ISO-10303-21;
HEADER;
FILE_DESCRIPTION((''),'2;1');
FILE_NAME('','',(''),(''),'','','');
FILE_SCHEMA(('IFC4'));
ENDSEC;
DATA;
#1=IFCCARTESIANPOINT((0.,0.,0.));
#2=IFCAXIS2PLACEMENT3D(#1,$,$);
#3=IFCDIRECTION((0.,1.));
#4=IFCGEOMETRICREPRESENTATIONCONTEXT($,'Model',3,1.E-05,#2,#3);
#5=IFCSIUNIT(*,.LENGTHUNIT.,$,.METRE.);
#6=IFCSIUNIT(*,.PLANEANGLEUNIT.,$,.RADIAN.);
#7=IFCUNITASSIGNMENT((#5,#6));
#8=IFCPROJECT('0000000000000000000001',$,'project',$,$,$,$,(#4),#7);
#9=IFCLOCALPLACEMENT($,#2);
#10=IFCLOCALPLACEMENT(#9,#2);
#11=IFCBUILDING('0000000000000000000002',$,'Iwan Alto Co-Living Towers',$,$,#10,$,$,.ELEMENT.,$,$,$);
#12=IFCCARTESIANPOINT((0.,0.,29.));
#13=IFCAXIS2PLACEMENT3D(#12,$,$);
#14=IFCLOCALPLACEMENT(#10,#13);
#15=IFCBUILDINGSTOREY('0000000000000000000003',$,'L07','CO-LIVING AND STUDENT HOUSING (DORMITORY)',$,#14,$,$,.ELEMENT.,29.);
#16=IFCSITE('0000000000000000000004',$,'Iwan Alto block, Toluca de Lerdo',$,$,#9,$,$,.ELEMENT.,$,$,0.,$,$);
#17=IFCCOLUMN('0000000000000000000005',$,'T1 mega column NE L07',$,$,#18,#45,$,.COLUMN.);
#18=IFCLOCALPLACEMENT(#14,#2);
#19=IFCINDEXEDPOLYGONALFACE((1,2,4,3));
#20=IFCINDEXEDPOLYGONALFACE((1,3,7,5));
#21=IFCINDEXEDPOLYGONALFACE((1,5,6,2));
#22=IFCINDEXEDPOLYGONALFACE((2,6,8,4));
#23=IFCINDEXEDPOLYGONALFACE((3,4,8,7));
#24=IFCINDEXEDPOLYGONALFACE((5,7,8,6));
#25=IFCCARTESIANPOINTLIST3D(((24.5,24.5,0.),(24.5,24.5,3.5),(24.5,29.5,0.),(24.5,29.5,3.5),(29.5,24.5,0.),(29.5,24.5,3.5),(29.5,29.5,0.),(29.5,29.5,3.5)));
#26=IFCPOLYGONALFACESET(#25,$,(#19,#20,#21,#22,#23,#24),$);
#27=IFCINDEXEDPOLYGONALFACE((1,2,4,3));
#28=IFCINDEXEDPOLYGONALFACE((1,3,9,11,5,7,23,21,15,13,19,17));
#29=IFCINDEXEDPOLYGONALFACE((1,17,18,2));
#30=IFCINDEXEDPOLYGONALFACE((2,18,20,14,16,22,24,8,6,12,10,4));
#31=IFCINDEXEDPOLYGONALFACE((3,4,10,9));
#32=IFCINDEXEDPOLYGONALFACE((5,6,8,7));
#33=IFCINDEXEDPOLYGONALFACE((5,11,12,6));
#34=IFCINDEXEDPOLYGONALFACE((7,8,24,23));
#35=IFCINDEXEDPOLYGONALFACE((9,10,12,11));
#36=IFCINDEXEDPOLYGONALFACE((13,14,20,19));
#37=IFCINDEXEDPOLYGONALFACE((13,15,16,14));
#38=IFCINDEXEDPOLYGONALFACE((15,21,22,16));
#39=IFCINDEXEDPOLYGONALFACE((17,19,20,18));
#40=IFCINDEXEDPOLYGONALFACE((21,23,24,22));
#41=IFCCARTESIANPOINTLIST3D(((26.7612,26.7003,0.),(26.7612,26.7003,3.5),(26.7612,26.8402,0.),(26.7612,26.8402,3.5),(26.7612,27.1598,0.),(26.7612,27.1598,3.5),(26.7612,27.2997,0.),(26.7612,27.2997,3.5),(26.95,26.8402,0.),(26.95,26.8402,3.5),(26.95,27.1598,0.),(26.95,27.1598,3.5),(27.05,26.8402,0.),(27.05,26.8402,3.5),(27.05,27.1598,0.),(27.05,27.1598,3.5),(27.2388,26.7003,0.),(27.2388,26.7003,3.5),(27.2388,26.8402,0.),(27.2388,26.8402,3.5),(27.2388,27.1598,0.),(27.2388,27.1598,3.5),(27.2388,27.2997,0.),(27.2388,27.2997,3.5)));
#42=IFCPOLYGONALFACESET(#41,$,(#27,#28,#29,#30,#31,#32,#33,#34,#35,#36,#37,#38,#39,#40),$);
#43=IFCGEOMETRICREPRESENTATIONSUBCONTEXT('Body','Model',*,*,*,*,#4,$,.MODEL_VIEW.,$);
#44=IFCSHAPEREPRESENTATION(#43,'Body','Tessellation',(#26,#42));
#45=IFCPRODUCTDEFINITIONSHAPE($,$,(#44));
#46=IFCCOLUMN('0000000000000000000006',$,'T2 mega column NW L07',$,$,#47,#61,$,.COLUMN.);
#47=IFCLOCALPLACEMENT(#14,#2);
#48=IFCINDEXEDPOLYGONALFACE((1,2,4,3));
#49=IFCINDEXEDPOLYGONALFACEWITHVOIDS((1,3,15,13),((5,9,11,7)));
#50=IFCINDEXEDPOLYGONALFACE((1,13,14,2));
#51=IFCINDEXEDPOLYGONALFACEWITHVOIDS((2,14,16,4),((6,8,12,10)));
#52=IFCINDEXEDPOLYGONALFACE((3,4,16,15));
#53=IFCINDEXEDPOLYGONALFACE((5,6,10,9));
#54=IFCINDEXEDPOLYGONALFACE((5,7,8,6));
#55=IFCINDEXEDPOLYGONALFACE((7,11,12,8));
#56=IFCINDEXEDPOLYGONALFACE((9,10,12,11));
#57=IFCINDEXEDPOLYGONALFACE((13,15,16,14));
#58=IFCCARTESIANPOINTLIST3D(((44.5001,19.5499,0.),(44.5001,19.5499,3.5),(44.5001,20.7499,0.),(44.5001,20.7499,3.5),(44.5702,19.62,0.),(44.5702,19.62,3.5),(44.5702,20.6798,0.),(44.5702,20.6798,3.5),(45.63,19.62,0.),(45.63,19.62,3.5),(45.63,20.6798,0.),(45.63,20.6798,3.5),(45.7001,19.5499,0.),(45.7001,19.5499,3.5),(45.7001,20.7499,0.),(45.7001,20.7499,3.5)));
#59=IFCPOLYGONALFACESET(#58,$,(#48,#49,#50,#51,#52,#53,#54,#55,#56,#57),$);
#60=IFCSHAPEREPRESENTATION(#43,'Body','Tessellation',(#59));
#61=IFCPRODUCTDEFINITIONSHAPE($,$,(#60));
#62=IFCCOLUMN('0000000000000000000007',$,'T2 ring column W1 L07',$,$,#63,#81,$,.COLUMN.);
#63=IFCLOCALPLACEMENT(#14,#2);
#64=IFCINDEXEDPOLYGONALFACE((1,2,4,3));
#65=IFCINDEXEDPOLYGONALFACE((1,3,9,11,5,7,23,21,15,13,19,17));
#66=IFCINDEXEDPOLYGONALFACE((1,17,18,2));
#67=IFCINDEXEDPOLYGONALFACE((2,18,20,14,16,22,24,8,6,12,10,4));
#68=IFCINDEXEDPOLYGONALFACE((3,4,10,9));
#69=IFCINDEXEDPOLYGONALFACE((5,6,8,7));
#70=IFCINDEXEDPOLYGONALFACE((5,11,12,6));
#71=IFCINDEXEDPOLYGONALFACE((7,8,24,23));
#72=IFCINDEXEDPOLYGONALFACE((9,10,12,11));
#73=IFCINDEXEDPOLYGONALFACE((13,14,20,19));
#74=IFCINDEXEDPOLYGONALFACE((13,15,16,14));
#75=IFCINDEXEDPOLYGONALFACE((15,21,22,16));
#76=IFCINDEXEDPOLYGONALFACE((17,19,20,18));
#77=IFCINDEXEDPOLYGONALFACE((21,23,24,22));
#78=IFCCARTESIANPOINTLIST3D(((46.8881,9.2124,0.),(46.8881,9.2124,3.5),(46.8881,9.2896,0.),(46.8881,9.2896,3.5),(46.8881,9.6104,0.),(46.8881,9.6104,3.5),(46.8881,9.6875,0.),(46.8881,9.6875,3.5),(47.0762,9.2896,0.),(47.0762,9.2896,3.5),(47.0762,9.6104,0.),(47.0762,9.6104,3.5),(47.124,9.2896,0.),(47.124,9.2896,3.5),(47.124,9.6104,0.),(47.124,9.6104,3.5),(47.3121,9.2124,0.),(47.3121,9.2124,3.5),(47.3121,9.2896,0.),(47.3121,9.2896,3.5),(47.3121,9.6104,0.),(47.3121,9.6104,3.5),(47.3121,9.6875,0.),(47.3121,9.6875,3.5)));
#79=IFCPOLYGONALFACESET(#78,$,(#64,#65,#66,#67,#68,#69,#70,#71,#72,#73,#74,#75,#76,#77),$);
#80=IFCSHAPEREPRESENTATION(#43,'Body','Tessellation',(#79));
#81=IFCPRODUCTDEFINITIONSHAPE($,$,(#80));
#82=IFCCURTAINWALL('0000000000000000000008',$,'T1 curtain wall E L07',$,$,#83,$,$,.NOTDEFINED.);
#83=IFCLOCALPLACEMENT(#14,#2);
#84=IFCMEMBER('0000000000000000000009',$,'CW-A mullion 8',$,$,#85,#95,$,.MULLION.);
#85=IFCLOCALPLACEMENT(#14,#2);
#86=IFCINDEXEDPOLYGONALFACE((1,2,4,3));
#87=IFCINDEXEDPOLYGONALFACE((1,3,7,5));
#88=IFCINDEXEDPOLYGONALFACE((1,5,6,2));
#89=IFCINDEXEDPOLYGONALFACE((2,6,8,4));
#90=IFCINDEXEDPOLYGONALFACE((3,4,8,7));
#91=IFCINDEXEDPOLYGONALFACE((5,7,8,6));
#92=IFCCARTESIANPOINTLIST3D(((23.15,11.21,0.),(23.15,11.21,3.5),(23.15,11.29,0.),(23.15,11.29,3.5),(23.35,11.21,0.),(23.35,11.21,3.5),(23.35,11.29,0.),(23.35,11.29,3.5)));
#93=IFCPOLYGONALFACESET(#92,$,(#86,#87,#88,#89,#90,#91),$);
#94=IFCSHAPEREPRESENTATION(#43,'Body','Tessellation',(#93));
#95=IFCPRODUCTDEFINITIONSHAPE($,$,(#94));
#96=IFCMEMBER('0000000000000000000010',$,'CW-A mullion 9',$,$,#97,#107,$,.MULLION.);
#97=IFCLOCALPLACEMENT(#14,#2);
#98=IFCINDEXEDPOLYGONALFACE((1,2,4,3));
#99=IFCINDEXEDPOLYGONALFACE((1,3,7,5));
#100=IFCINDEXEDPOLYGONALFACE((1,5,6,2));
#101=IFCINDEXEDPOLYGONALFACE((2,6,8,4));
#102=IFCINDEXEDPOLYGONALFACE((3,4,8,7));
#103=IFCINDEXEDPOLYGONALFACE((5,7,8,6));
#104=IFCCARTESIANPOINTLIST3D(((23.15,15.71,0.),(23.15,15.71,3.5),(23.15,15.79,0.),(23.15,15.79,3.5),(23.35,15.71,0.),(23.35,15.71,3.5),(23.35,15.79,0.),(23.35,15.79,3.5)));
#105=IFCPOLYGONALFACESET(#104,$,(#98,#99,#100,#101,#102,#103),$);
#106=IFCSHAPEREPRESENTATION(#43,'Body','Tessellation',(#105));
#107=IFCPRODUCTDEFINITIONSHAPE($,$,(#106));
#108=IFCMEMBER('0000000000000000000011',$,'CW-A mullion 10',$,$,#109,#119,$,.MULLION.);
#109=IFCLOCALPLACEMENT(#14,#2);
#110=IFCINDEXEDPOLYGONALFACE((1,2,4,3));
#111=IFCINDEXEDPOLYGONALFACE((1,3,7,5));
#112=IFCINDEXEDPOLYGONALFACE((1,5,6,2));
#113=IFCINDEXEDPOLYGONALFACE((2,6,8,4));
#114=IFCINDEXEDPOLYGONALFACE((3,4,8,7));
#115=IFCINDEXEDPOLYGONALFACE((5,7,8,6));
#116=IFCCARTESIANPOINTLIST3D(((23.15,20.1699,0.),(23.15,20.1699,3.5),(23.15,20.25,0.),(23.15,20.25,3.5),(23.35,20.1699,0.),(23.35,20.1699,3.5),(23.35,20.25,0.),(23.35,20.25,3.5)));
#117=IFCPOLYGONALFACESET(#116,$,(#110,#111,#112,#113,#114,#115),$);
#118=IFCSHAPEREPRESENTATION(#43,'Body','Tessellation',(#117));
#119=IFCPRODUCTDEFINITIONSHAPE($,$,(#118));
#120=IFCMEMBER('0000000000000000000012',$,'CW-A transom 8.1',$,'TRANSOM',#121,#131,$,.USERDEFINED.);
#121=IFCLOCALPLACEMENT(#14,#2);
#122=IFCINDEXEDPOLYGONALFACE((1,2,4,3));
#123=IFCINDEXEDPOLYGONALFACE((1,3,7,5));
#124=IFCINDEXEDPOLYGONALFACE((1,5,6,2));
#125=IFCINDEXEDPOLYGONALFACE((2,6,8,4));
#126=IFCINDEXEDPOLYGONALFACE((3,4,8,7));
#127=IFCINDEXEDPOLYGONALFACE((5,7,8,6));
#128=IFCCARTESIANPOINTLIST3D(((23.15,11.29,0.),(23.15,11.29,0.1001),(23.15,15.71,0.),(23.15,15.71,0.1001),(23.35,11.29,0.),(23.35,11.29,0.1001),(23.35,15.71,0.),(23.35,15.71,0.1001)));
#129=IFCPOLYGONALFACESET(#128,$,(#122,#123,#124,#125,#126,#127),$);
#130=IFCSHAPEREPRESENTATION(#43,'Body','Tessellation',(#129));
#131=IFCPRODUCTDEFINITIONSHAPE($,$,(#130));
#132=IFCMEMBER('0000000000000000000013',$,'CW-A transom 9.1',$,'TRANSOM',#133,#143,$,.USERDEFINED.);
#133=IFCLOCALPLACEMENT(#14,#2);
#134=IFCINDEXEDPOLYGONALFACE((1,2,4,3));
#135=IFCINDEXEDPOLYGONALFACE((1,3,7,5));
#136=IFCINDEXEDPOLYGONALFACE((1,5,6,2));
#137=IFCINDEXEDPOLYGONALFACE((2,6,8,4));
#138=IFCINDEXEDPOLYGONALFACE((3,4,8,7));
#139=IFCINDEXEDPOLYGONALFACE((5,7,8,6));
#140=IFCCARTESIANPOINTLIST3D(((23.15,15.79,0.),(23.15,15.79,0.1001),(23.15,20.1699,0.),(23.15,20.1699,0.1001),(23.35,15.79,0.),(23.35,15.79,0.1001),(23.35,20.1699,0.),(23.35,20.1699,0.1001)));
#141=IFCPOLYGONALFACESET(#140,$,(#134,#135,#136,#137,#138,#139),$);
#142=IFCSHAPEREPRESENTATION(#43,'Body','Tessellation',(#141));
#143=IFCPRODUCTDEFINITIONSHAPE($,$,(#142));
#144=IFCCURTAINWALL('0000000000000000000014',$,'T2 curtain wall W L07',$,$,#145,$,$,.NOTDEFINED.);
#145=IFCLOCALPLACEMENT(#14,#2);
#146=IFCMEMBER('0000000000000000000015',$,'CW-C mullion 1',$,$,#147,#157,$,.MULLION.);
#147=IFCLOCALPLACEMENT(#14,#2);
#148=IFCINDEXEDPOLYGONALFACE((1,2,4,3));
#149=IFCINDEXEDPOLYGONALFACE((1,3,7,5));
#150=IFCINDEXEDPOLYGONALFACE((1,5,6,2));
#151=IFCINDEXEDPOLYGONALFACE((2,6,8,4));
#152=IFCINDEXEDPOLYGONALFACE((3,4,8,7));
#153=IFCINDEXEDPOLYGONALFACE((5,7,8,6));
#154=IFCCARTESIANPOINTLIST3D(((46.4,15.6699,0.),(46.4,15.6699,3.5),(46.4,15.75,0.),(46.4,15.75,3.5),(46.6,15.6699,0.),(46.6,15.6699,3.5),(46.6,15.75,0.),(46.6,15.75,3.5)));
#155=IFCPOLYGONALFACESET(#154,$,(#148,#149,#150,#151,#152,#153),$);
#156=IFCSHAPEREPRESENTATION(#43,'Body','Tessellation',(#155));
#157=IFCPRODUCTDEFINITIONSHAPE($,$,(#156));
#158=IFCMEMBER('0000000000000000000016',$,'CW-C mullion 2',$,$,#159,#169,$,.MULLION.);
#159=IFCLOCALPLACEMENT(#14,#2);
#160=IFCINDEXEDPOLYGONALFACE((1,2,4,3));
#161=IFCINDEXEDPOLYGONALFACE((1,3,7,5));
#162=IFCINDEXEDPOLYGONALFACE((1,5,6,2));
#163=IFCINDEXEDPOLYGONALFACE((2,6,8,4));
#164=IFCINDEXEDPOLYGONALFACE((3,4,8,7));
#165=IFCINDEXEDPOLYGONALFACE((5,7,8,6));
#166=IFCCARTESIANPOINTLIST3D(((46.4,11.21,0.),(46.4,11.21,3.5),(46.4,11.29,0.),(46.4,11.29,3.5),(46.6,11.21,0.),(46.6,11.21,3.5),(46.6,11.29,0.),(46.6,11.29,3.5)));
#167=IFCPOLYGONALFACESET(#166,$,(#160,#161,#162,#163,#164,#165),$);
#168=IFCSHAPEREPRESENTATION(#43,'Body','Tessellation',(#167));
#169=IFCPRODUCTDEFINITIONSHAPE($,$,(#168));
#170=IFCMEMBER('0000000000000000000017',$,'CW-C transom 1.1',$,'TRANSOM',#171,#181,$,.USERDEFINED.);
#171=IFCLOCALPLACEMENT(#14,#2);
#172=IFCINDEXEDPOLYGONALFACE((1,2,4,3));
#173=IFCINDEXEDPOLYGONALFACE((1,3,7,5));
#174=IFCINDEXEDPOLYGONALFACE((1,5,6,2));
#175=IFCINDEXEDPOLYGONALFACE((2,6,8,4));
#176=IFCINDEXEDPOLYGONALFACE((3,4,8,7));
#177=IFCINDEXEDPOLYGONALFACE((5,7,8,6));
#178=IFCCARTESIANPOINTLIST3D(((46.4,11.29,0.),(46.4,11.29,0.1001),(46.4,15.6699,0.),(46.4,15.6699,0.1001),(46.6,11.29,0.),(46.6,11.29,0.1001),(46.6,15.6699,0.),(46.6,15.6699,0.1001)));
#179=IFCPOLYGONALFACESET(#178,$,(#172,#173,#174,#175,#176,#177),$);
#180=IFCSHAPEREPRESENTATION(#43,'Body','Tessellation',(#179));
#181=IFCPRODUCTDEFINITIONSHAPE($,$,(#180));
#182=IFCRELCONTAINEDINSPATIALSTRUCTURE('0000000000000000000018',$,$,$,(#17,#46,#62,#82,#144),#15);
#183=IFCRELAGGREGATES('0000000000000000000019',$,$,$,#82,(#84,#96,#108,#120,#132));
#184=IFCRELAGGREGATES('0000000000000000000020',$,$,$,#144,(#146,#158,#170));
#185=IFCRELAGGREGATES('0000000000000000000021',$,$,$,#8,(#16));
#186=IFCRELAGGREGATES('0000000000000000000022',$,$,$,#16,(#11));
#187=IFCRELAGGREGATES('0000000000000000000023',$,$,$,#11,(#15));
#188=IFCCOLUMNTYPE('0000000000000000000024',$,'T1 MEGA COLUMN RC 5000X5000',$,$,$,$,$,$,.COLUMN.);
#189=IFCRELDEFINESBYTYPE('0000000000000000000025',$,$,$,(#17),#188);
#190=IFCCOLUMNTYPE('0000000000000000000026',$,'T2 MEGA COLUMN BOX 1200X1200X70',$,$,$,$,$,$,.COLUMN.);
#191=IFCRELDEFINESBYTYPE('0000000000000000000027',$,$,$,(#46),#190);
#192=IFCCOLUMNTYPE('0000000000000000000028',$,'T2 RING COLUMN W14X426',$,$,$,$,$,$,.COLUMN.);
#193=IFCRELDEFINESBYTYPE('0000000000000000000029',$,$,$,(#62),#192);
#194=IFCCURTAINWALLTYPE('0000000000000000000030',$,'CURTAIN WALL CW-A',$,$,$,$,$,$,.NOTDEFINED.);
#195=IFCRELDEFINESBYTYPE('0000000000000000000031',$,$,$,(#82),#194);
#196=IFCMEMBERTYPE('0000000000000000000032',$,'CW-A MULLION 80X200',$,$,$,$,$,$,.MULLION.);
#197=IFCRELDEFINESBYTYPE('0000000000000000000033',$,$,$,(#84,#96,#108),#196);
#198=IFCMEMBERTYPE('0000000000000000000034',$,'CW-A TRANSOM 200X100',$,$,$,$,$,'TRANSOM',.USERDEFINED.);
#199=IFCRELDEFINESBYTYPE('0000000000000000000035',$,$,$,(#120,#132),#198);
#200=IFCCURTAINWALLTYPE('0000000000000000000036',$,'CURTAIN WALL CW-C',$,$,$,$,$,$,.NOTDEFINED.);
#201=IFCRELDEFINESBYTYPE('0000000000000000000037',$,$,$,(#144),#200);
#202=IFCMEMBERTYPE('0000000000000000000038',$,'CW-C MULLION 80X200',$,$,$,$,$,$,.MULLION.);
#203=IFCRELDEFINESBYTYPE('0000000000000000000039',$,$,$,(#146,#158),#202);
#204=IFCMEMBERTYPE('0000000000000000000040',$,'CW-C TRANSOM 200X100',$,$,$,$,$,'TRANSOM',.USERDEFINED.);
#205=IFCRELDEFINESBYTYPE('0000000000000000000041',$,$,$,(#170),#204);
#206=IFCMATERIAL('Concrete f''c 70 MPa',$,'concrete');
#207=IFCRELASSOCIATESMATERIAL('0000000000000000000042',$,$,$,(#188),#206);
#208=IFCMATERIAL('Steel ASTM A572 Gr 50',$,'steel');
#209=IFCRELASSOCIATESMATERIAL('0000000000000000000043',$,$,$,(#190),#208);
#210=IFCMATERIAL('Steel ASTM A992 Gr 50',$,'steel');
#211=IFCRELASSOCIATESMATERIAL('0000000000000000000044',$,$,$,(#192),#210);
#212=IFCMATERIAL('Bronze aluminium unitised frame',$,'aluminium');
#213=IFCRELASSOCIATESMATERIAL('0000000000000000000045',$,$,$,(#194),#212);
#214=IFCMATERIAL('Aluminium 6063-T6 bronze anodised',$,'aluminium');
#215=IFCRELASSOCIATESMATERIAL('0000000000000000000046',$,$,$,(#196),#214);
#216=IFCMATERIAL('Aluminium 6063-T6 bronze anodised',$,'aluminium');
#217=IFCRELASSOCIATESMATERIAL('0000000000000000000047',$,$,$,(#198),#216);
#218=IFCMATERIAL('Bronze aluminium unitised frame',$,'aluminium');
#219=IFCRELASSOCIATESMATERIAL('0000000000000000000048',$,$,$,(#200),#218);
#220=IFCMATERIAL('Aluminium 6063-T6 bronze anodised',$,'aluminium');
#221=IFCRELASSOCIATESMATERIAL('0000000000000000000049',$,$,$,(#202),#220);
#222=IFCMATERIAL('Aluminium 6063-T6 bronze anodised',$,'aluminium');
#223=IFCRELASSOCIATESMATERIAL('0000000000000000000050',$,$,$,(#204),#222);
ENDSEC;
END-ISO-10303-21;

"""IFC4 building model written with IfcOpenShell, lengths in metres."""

from ifc_helpers import new_model, si_unit, direction, frame, origin, origin_2d, place, context, subcontext, project, spatial, rectangle, hollow_rectangle, i_section, extrude, material, material_profile, profile_set, type_object, element, aggregate, save


model = new_model("IFC4")

# Units and contexts
model_context = context("Model", 3, precision=1e-05, world=origin(), true_north=direction((0.0, 1.0)))
body_context = subcontext(model_context, "Body", "Model", "MODEL_VIEW")
ifc_project = project(units=[si_unit("LENGTHUNIT", "METRE"), si_unit("PLANEANGLEUNIT", "RADIAN")], contexts=[model_context])

# Site, building, storey
site_placement = place(None, origin())
site = spatial("IfcSite", under=ifc_project, at=site_placement, Name="Iwan Alto block, Toluca de Lerdo", CompositionType="ELEMENT", RefElevation=0.0)
building_placement = place(site_placement, origin())
building = spatial("IfcBuilding", under=site, at=building_placement, Name="Iwan Alto Co-Living Towers", CompositionType="ELEMENT")
storey_placement = place(building_placement, frame((0.0, 0.0, 29.0)))
storey = spatial("IfcBuildingStorey", under=building, at=storey_placement, Name="L07", Description="CO-LIVING AND STUDENT HOUSING (DORMITORY)", CompositionType="ELEMENT", Elevation=29.0)

# Columns
ifc_material_1 = material(Name="Concrete f'c 70 MPa", Category="concrete")
ifc_material_profile_1 = material_profile(ifc_material_1, rectangle(XDim=5.0, YDim=5.0, at=origin_2d()), Name="RC 5000X5000")
ifc_profile_set_1 = profile_set([ifc_material_profile_1], Name="Concrete f'c 70 MPa")
column_type_1 = type_object("IfcColumnType", Name="T1 MEGA COLUMN RC 5000X5000", PredefinedType="COLUMN", material=ifc_profile_set_1)
column_1_placement = place(storey_placement, frame((27.0, 27.0, 0.0), z_axis=(0.0, 0.0, 1.0), x_axis=(1.0, 0.0, 0.0)))
element("IfcColumn", 1, at=column_1_placement, inside=storey, type_object=column_type_1, Name="T1 mega column NE L07", PredefinedType="COLUMN", context=body_context, shape_type="SweptSolid", body=[
    extrude(rectangle(XDim=5.0, YDim=5.0, at=origin_2d()), origin(), (0.0, 0.0, 1.0), 3.5),
    extrude(i_section(OverallWidth=0.4775, OverallDepth=0.5994, WebThickness=0.1001, FlangeThickness=0.1399, at=origin_2d()), origin(), (0.0, 0.0, 1.0), 3.5),
])
ifc_material_2 = material(Name="Steel ASTM A572 Gr 50", Category="steel")
ifc_material_profile_2 = material_profile(ifc_material_2, hollow_rectangle(XDim=1.2, YDim=1.2, WallThickness=0.0701, at=origin_2d()), Name="BOX 1200X1200X70")
ifc_profile_set_2 = profile_set([ifc_material_profile_2], Name="Steel ASTM A572 Gr 50")
column_type_2 = type_object("IfcColumnType", Name="T2 MEGA COLUMN BOX 1200X1200X70", PredefinedType="COLUMN", material=ifc_profile_set_2)
column_2_placement = place(storey_placement, frame((45.1001, 20.1499, 0.0), z_axis=(0.0, 0.0, 1.0), x_axis=(1.0, 0.0, 0.0)))
element("IfcColumn", 2, at=column_2_placement, inside=storey, type_object=column_type_2, Name="T2 mega column NW L07", PredefinedType="COLUMN", context=body_context, shape_type="SweptSolid", body=[
    extrude(hollow_rectangle(XDim=1.2, YDim=1.2, WallThickness=0.0701, at=origin_2d()), origin(), (0.0, 0.0, 1.0), 3.5),
])
ifc_material_3 = material(Name="Steel ASTM A992 Gr 50", Category="steel")
ifc_material_profile_3 = material_profile(ifc_material_3, i_section(OverallWidth=0.4241, OverallDepth=0.4751, WebThickness=0.0479, FlangeThickness=0.0771, at=origin_2d()), Name="W14X426")
ifc_profile_set_3 = profile_set([ifc_material_profile_3], Name="Steel ASTM A992 Gr 50")
column_type_3 = type_object("IfcColumnType", Name="T2 RING COLUMN W14X426", PredefinedType="COLUMN", material=ifc_profile_set_3)
column_3_placement = place(storey_placement, frame((47.1001, 9.45, 0.0), z_axis=(0.0, 0.0, 1.0), x_axis=(1.0, 0.0, 0.0)))
element("IfcColumn", 3, at=column_3_placement, inside=storey, type_object=column_type_3, Name="T2 ring column W1 L07", PredefinedType="COLUMN", context=body_context, shape_type="SweptSolid", body=[
    extrude(i_section(OverallWidth=0.4241, OverallDepth=0.4751, WebThickness=0.0479, FlangeThickness=0.0771, at=origin_2d()), origin(), (0.0, 0.0, 1.0), 3.5),
])

# Curtain walls, members
ifc_material_4 = material(Name="Bronze aluminium unitised frame", Category="aluminium")
curtain_wall_type_1 = type_object("IfcCurtainWallType", Name="CURTAIN WALL CW-A", PredefinedType="NOTDEFINED", material=ifc_material_4)
curtain_wall_1_placement = place(storey_placement, origin())
curtain_wall_1 = element("IfcCurtainWall", 4, at=curtain_wall_1_placement, inside=storey, type_object=curtain_wall_type_1, Name="T1 curtain wall E L07", PredefinedType="NOTDEFINED")
ifc_material_5 = material(Name="Aluminium 6063-T6 bronze anodised", Category="aluminium")
ifc_material_profile_4 = material_profile(ifc_material_5, rectangle(XDim=0.2, YDim=0.0801, at=origin_2d()), Name="AL 80X200")
ifc_profile_set_4 = profile_set([ifc_material_profile_4], Name="Aluminium 6063-T6 bronze anodised")
member_type_1 = type_object("IfcMemberType", Name="CW-A MULLION 80X200", PredefinedType="MULLION", material=ifc_profile_set_4)
member_1_placement = place(storey_placement, frame((23.25, 11.25, 0.0), z_axis=(0.0, 0.0, 1.0), x_axis=(-1.0, 0.0, 0.0)))
member_1 = element("IfcMember", 5, at=member_1_placement, type_object=member_type_1, Name="CW-A mullion 8", PredefinedType="MULLION", context=body_context, shape_type="SweptSolid", body=[
    extrude(rectangle(XDim=0.2, YDim=0.0801, at=origin_2d()), origin(), (0.0, 0.0, 1.0), 3.5),
])
member_2_placement = place(storey_placement, frame((23.25, 15.75, 0.0), z_axis=(0.0, 0.0, 1.0), x_axis=(-1.0, 0.0, 0.0)))
member_2 = element("IfcMember", 6, at=member_2_placement, type_object=member_type_1, Name="CW-A mullion 9", PredefinedType="MULLION", context=body_context, shape_type="SweptSolid", body=[
    extrude(rectangle(XDim=0.2, YDim=0.0801, at=origin_2d()), origin(), (0.0, 0.0, 1.0), 3.5),
])
member_3_placement = place(storey_placement, frame((23.25, 20.21, 0.0), z_axis=(0.0, 0.0, 1.0), x_axis=(-1.0, 0.0, 0.0)))
member_3 = element("IfcMember", 7, at=member_3_placement, type_object=member_type_1, Name="CW-A mullion 10", PredefinedType="MULLION", context=body_context, shape_type="SweptSolid", body=[
    extrude(rectangle(XDim=0.2, YDim=0.0801, at=origin_2d()), origin(), (0.0, 0.0, 1.0), 3.5),
])
ifc_material_6 = material(Name="Aluminium 6063-T6 bronze anodised", Category="aluminium")
ifc_material_profile_5 = material_profile(ifc_material_6, rectangle(XDim=0.2, YDim=0.1001, at=origin_2d()), Name="AL 200X100")
ifc_profile_set_5 = profile_set([ifc_material_profile_5], Name="Aluminium 6063-T6 bronze anodised")
member_type_2 = type_object("IfcMemberType", Name="CW-A TRANSOM 200X100", ElementType="TRANSOM", PredefinedType="USERDEFINED", material=ifc_profile_set_5)
member_4_placement = place(storey_placement, frame((23.25, 11.29, 0.05), z_axis=(0.0, 1.0, 0.0), x_axis=(-1.0, 0.0, 0.0)))
member_4 = element("IfcMember", 8, at=member_4_placement, type_object=member_type_2, Name="CW-A transom 8.1", ObjectType="TRANSOM", PredefinedType="USERDEFINED", context=body_context, shape_type="SweptSolid", body=[
    extrude(rectangle(XDim=0.2, YDim=0.1001, at=origin_2d()), origin(), (0.0, 0.0, 1.0), 4.4199),
])
member_5_placement = place(storey_placement, frame((23.25, 15.79, 0.05), z_axis=(0.0, 1.0, 0.0), x_axis=(-1.0, 0.0, 0.0)))
member_5 = element("IfcMember", 9, at=member_5_placement, type_object=member_type_2, Name="CW-A transom 9.1", ObjectType="TRANSOM", PredefinedType="USERDEFINED", context=body_context, shape_type="SweptSolid", body=[
    extrude(rectangle(XDim=0.2, YDim=0.1001, at=origin_2d()), origin(), (0.0, 0.0, 1.0), 4.3799),
])
ifc_material_7 = material(Name="Bronze aluminium unitised frame", Category="aluminium")
curtain_wall_type_2 = type_object("IfcCurtainWallType", Name="CURTAIN WALL CW-C", PredefinedType="NOTDEFINED", material=ifc_material_7)
curtain_wall_2_placement = place(storey_placement, origin())
curtain_wall_2 = element("IfcCurtainWall", 10, at=curtain_wall_2_placement, inside=storey, type_object=curtain_wall_type_2, Name="T2 curtain wall W L07", PredefinedType="NOTDEFINED")
ifc_material_8 = material(Name="Aluminium 6063-T6 bronze anodised", Category="aluminium")
ifc_material_profile_6 = material_profile(ifc_material_8, rectangle(XDim=0.2, YDim=0.0801, at=origin_2d()), Name="AL 80X200")
ifc_profile_set_6 = profile_set([ifc_material_profile_6], Name="Aluminium 6063-T6 bronze anodised")
member_type_3 = type_object("IfcMemberType", Name="CW-C MULLION 80X200", PredefinedType="MULLION", material=ifc_profile_set_6)
member_6_placement = place(storey_placement, frame((46.5, 15.71, 0.0), z_axis=(0.0, 0.0, 1.0), x_axis=(1.0, 0.0, 0.0)))
member_6 = element("IfcMember", 11, at=member_6_placement, type_object=member_type_3, Name="CW-C mullion 1", PredefinedType="MULLION", context=body_context, shape_type="SweptSolid", body=[
    extrude(rectangle(XDim=0.2, YDim=0.0801, at=origin_2d()), origin(), (0.0, 0.0, 1.0), 3.5),
])
member_7_placement = place(storey_placement, frame((46.5, 11.25, 0.0), z_axis=(0.0, 0.0, 1.0), x_axis=(1.0, 0.0, 0.0)))
member_7 = element("IfcMember", 12, at=member_7_placement, type_object=member_type_3, Name="CW-C mullion 2", PredefinedType="MULLION", context=body_context, shape_type="SweptSolid", body=[
    extrude(rectangle(XDim=0.2, YDim=0.0801, at=origin_2d()), origin(), (0.0, 0.0, 1.0), 3.5),
])
ifc_material_9 = material(Name="Aluminium 6063-T6 bronze anodised", Category="aluminium")
ifc_material_profile_7 = material_profile(ifc_material_9, rectangle(XDim=0.2, YDim=0.1001, at=origin_2d()), Name="AL 200X100")
ifc_profile_set_7 = profile_set([ifc_material_profile_7], Name="Aluminium 6063-T6 bronze anodised")
member_type_4 = type_object("IfcMemberType", Name="CW-C TRANSOM 200X100", ElementType="TRANSOM", PredefinedType="USERDEFINED", material=ifc_profile_set_7)
member_8_placement = place(storey_placement, frame((46.5, 15.6699, 0.05), z_axis=(0.0, -1.0, 0.0), x_axis=(1.0, 0.0, 0.0)))
member_8 = element("IfcMember", 13, at=member_8_placement, type_object=member_type_4, Name="CW-C transom 1.1", ObjectType="TRANSOM", PredefinedType="USERDEFINED", context=body_context, shape_type="SweptSolid", body=[
    extrude(rectangle(XDim=0.2, YDim=0.1001, at=origin_2d()), origin(), (0.0, 0.0, 1.0), 4.3799),
])

aggregate(curtain_wall_1, [member_1, member_2, member_3, member_4, member_5])
aggregate(curtain_wall_2, [member_6, member_7, member_8])

save(model, "model.ifc")
